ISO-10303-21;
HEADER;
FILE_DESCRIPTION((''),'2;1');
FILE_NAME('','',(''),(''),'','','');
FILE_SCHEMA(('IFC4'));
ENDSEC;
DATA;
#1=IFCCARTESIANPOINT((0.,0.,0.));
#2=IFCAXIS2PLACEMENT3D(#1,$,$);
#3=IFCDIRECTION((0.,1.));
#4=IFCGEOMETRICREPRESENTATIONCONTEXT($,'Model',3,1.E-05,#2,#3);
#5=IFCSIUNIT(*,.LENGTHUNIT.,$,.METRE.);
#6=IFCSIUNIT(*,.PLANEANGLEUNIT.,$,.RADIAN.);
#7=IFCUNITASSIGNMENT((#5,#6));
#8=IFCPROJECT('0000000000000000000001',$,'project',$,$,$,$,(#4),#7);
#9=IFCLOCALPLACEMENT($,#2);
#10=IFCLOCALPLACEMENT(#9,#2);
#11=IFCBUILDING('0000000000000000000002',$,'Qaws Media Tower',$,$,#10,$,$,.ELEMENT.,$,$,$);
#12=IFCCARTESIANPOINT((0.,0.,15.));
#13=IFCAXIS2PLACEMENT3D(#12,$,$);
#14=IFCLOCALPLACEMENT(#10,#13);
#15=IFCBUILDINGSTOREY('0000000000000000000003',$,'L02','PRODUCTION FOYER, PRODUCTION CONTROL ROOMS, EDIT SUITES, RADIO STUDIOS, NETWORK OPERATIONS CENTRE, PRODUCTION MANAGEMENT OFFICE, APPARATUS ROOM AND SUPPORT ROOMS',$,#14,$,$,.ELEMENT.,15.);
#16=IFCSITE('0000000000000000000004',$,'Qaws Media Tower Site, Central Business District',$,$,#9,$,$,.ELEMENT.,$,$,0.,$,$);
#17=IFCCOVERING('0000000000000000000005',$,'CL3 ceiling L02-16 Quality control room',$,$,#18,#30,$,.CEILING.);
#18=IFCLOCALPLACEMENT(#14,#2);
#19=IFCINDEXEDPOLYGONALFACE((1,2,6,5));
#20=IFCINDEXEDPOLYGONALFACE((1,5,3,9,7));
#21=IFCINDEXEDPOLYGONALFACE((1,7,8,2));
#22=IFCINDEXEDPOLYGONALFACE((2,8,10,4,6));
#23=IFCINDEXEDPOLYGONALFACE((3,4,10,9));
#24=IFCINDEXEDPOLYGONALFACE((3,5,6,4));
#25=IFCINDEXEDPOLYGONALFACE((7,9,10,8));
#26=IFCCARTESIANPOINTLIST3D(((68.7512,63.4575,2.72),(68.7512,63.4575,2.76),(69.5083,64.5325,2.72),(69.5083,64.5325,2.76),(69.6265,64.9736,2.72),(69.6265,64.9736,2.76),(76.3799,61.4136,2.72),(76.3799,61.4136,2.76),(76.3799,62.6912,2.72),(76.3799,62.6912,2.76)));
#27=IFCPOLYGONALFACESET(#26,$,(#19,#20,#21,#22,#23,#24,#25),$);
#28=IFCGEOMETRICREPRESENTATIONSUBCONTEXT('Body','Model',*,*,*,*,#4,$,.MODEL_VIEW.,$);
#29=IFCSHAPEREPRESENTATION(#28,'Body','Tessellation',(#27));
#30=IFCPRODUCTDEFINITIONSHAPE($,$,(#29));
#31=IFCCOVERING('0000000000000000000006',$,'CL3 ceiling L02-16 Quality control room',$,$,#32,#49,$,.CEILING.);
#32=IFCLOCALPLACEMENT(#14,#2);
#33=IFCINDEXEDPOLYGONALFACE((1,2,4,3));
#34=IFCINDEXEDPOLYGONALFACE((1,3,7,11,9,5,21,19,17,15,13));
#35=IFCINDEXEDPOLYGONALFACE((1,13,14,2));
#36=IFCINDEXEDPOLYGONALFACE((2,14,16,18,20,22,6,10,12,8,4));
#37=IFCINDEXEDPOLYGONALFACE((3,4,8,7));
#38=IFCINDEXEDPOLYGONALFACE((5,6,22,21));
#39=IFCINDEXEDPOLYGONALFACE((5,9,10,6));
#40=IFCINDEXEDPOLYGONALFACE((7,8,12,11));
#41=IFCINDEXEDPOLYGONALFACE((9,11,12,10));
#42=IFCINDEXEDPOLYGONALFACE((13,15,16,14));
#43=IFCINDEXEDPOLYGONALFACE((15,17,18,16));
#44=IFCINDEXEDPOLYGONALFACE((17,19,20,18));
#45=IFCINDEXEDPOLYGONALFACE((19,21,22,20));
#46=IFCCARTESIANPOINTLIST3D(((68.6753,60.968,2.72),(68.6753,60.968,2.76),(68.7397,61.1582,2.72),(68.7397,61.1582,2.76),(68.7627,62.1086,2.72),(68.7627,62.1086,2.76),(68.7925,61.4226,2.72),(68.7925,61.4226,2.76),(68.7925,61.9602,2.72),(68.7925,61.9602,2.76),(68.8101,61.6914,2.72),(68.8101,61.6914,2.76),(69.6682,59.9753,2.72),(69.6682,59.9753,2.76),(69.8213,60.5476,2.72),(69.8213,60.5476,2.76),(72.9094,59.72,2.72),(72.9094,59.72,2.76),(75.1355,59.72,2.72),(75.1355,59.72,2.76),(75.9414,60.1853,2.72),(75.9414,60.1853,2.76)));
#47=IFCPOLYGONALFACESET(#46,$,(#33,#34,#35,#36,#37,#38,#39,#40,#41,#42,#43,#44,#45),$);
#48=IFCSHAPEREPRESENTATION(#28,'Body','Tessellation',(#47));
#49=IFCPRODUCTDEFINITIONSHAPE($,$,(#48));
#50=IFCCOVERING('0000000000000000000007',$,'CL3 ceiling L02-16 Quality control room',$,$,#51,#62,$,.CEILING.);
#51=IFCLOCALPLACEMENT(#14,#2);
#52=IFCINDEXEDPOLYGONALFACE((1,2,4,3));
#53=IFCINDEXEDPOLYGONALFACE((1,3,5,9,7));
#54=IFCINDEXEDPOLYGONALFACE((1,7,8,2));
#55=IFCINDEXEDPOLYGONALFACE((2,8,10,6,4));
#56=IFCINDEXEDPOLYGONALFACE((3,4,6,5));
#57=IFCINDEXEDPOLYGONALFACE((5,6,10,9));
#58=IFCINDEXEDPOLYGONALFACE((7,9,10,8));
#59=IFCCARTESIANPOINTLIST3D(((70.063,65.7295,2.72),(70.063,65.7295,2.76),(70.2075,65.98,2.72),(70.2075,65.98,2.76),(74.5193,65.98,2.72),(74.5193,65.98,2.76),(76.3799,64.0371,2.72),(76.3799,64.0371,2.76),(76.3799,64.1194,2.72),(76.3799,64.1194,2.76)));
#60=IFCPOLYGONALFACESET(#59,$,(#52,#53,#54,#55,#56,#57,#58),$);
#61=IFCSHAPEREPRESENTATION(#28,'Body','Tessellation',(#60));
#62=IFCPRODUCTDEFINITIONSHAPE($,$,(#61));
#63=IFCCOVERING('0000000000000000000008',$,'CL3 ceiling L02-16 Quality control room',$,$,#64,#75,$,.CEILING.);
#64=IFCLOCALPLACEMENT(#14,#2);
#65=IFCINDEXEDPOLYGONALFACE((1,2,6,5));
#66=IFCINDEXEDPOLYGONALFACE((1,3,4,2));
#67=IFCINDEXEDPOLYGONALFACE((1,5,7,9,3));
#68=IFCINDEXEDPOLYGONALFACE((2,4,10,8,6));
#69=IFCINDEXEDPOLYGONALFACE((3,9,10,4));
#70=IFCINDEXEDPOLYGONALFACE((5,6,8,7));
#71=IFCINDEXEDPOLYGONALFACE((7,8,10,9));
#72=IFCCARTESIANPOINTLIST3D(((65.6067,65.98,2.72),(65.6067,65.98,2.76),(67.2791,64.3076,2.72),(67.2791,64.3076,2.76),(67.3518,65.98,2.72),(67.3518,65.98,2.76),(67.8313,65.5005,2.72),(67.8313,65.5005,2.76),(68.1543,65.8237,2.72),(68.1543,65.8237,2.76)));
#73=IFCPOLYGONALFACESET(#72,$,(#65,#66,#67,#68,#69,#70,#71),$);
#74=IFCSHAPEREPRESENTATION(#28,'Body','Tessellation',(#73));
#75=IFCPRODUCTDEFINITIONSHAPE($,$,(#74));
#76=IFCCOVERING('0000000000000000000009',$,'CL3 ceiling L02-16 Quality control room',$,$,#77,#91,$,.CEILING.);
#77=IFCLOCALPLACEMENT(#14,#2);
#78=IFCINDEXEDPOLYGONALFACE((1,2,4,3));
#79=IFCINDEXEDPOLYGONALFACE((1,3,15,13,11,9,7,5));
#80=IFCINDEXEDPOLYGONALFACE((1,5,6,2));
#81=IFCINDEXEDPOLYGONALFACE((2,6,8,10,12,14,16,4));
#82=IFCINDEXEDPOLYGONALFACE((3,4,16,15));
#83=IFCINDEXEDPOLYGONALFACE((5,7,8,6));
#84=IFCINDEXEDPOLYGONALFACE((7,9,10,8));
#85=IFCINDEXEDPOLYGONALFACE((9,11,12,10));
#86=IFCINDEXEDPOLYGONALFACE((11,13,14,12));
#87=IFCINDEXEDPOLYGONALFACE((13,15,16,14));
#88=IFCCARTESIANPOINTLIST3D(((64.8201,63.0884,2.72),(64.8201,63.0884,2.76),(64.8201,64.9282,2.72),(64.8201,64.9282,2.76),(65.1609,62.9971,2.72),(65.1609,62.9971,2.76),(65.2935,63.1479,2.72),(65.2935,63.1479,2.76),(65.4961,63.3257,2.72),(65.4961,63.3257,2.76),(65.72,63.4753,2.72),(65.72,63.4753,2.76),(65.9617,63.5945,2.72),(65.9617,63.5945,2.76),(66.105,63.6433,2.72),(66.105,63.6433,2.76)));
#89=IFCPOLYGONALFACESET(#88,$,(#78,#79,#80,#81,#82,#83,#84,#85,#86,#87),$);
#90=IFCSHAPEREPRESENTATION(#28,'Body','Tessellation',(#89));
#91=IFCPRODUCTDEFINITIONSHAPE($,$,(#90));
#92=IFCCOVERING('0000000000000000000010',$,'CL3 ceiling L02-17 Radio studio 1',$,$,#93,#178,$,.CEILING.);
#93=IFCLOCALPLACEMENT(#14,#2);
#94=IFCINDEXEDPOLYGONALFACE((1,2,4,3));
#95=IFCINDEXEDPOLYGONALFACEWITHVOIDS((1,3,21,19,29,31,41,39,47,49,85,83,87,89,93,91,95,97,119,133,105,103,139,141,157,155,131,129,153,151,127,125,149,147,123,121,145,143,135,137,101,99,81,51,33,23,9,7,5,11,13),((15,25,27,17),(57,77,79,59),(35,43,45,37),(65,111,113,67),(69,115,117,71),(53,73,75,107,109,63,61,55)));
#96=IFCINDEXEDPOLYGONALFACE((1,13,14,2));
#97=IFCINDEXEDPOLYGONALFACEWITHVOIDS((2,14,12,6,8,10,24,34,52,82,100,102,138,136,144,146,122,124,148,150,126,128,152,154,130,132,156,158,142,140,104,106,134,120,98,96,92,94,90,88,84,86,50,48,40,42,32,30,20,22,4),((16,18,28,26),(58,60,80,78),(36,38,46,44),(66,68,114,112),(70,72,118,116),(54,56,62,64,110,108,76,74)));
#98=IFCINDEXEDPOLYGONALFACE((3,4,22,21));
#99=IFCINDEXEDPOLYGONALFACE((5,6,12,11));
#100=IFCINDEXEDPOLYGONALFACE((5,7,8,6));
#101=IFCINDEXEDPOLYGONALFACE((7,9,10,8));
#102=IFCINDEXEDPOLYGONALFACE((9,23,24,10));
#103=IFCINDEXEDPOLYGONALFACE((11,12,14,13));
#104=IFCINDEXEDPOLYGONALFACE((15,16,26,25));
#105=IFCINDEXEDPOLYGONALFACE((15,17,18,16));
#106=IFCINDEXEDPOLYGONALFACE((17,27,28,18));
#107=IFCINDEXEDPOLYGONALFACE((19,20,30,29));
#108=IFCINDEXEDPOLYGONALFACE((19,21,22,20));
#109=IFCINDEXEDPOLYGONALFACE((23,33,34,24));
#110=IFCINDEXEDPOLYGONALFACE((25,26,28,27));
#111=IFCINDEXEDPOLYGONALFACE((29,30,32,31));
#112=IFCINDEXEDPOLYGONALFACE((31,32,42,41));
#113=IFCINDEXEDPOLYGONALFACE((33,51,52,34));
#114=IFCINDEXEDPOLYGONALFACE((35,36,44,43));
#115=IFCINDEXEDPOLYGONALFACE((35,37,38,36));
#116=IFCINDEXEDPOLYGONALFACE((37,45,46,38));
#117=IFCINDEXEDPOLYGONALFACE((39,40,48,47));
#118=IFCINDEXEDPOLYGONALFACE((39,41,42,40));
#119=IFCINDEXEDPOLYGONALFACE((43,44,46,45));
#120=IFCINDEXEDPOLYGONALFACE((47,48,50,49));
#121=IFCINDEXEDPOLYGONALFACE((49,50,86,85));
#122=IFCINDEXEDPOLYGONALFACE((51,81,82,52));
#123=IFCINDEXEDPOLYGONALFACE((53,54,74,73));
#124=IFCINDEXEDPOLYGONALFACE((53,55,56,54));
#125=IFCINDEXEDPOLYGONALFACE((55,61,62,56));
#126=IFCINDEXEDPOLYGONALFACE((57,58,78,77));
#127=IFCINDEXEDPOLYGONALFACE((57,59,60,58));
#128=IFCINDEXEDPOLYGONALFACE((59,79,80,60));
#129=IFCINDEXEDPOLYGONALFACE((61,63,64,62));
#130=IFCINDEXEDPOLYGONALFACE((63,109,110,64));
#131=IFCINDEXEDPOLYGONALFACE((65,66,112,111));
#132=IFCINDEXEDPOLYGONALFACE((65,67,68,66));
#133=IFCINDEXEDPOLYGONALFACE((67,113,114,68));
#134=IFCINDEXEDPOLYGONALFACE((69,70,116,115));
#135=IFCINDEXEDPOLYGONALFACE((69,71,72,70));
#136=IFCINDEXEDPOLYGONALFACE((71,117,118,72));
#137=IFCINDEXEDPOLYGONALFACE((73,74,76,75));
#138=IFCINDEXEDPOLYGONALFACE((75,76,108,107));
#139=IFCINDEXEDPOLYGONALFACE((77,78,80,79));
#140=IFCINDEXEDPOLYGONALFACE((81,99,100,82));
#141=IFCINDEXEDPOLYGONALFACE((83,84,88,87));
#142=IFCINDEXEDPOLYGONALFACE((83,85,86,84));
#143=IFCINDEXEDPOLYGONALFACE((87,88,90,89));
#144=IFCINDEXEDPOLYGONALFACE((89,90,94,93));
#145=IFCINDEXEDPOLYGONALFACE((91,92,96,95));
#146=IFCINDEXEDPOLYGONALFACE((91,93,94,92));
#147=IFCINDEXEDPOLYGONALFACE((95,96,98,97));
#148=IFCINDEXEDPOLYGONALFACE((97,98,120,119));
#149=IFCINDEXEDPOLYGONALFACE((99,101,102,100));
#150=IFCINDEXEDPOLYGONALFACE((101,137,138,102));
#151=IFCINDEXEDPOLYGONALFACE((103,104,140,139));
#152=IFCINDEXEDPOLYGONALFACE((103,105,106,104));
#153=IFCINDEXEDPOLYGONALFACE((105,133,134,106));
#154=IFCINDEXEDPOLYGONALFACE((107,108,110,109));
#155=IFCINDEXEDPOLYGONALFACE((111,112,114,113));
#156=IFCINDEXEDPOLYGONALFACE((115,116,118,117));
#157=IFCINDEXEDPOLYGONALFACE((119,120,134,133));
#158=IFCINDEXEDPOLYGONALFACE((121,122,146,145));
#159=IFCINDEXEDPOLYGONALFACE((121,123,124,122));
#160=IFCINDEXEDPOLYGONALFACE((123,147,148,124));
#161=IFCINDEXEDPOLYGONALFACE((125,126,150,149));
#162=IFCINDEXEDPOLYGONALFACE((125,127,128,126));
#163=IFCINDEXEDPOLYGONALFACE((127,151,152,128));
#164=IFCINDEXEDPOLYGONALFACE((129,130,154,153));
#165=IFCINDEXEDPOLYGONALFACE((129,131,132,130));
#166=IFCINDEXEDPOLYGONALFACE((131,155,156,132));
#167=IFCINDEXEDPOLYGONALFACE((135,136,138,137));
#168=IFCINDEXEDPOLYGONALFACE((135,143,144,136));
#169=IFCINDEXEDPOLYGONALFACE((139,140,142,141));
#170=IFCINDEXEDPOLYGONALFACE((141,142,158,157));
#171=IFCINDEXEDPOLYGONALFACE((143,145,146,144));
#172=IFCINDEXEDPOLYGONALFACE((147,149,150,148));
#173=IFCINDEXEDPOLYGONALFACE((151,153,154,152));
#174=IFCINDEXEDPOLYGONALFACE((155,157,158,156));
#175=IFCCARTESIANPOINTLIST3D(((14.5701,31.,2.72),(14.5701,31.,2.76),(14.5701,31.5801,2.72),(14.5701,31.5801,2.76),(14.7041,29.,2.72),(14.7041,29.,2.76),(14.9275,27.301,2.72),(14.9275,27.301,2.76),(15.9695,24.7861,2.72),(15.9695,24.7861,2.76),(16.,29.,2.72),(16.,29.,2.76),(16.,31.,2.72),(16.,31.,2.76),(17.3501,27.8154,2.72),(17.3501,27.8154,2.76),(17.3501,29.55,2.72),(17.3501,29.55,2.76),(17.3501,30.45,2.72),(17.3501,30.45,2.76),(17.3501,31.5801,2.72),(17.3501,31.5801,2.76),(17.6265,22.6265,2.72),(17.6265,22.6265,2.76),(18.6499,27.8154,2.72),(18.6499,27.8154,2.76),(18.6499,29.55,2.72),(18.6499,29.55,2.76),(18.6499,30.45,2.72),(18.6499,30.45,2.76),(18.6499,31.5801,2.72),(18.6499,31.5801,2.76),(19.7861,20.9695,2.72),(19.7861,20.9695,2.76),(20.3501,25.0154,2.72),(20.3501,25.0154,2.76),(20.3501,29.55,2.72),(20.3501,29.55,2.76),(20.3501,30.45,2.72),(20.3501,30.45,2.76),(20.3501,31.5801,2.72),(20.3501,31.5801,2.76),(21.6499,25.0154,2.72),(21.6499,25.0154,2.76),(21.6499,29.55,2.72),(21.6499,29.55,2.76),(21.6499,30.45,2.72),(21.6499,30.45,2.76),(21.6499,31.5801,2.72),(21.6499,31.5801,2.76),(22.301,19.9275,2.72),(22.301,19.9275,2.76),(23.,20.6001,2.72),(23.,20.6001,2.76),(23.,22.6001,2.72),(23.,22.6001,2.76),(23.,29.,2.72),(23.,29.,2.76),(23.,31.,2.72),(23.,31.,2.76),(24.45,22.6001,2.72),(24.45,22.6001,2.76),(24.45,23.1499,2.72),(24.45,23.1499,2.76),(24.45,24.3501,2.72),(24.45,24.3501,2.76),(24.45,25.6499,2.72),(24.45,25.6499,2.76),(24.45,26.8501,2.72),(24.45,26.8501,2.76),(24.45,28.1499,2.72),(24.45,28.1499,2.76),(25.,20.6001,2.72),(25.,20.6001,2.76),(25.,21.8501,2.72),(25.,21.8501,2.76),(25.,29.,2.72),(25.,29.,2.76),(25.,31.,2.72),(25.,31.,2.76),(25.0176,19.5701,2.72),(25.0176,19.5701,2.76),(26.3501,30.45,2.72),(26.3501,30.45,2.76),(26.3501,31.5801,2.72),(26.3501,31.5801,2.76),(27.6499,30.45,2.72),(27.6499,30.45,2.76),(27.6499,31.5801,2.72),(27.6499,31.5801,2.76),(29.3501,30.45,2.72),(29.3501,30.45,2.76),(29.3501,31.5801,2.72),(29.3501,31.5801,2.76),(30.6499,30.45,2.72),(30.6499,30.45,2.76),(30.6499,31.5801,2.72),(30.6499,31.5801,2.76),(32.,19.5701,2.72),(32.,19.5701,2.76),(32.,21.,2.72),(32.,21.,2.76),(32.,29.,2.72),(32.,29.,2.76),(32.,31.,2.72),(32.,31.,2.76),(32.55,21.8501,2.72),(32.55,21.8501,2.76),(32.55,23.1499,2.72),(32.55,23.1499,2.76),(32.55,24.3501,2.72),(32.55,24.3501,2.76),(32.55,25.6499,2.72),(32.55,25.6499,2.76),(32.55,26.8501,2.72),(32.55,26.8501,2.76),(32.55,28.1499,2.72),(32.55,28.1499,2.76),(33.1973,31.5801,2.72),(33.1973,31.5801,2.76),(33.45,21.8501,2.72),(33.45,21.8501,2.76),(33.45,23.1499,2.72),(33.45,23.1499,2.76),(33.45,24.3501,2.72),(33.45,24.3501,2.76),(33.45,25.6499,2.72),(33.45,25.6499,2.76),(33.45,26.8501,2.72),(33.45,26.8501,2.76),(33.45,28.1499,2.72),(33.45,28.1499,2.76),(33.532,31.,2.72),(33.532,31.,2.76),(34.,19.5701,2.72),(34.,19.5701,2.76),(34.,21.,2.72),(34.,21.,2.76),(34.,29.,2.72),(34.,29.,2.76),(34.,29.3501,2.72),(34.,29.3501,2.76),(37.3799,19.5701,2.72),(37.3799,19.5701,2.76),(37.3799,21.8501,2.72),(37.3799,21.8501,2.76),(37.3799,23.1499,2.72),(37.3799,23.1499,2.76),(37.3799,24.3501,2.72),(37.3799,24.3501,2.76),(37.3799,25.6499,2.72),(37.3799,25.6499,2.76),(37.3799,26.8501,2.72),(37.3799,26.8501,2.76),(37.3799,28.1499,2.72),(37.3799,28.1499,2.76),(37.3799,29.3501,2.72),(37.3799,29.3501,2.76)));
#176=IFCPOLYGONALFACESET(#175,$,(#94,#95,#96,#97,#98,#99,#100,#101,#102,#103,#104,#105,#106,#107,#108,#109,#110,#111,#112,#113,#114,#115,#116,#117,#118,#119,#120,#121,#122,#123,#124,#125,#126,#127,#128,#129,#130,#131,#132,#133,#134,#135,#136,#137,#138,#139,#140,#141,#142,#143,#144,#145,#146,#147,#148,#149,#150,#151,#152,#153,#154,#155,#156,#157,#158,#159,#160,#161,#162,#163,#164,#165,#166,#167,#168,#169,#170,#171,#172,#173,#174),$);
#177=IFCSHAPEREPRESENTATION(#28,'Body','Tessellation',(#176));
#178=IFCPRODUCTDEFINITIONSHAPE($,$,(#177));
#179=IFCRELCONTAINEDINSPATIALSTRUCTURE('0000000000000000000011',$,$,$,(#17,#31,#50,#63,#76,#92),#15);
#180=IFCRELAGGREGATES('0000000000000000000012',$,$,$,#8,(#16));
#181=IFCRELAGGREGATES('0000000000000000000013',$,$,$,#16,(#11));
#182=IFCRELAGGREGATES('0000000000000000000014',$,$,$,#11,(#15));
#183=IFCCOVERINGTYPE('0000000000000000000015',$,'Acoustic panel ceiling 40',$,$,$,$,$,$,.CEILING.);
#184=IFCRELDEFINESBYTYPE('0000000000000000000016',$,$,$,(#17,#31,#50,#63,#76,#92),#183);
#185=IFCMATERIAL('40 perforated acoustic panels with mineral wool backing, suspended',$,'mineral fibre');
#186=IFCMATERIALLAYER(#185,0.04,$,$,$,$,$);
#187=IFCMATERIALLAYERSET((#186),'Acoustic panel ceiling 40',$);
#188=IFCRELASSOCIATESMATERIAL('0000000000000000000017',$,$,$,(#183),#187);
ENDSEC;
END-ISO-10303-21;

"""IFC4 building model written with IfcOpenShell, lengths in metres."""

from ifc_helpers import new_model, si_unit, direction, frame, origin, place, context, subcontext, project, spatial, polyline, outline, extrude, material, layer, layer_set, type_object, element, save


model = new_model("IFC4")

# Units and contexts
model_context = context("Model", 3, precision=1e-05, world=origin(), true_north=direction((0.0, 1.0)))
body_context = subcontext(model_context, "Body", "Model", "MODEL_VIEW")
ifc_project = project(units=[si_unit("LENGTHUNIT", "METRE"), si_unit("PLANEANGLEUNIT", "RADIAN")], contexts=[model_context])

# Site, building, storey
site_placement = place(None, origin())
site = spatial("IfcSite", under=ifc_project, at=site_placement, Name="Qaws Media Tower Site, Central Business District", CompositionType="ELEMENT", RefElevation=0.0)
building_placement = place(site_placement, origin())
building = spatial("IfcBuilding", under=site, at=building_placement, Name="Qaws Media Tower", CompositionType="ELEMENT")
storey_placement = place(building_placement, frame((0.0, 0.0, 15.0)))
storey = spatial("IfcBuildingStorey", under=building, at=storey_placement, Name="L02", Description="PRODUCTION FOYER, PRODUCTION CONTROL ROOMS, EDIT SUITES, RADIO STUDIOS, NETWORK OPERATIONS CENTRE, PRODUCTION MANAGEMENT OFFICE, APPARATUS ROOM AND SUPPORT ROOMS", CompositionType="ELEMENT", Elevation=15.0)

# Coverings
ifc_material_1 = material(Name="40 perforated acoustic panels with mineral wool backing, suspended", Category="mineral fibre")
ifc_layer_1 = layer(ifc_material_1, 0.04)
ifc_layer_set_1 = layer_set([ifc_layer_1], Name="Acoustic panel ceiling 40")
covering_type_1 = type_object("IfcCoveringType", Name="Acoustic panel ceiling 40", PredefinedType="CEILING", material=ifc_layer_set_1)
covering_1_placement = place(storey_placement, frame((0.0, 0.0, 2.72)))
element("IfcCovering", 1, at=covering_1_placement, inside=storey, type_object=covering_type_1, Name="CL3 ceiling L02-16 Quality control room", PredefinedType="CEILING", context=body_context, shape_type="SweptSolid", body=[
    extrude(outline(polyline([(76.3799, 61.4136), (68.7512, 63.4575), (69.6265, 64.9736), (69.5083, 64.5325), (76.3799, 62.6912), (76.3799, 61.4136)])), origin(), (0.0, 0.0, 1.0), 0.04),
])
covering_2_placement = place(storey_placement, frame((0.0, 0.0, 2.72)))
element("IfcCovering", 2, at=covering_2_placement, inside=storey, type_object=covering_type_1, Name="CL3 ceiling L02-16 Quality control room", PredefinedType="CEILING", context=body_context, shape_type="SweptSolid", body=[
    extrude(outline(polyline([(72.9094, 59.72), (69.8213, 60.5476), (69.6682, 59.9753), (68.6753, 60.968), (68.7397, 61.1582), (68.7925, 61.4226), (68.8101, 61.6914), (68.7925, 61.9602), (68.7627, 62.1086), (75.9414, 60.1853), (75.1355, 59.72), (72.9094, 59.72)])), origin(), (0.0, 0.0, 1.0), 0.04),
])
covering_3_placement = place(storey_placement, frame((0.0, 0.0, 2.72)))
element("IfcCovering", 3, at=covering_3_placement, inside=storey, type_object=covering_type_1, Name="CL3 ceiling L02-16 Quality control room", PredefinedType="CEILING", context=body_context, shape_type="SweptSolid", body=[
    extrude(outline(polyline([(76.3799, 64.0371), (70.063, 65.7295), (70.2075, 65.98), (74.5193, 65.98), (76.3799, 64.1194), (76.3799, 64.0371)])), origin(), (0.0, 0.0, 1.0), 0.04),
])
covering_4_placement = place(storey_placement, frame((0.0, 0.0, 2.72)))
element("IfcCovering", 4, at=covering_4_placement, inside=storey, type_object=covering_type_1, Name="CL3 ceiling L02-16 Quality control room", PredefinedType="CEILING", context=body_context, shape_type="SweptSolid", body=[
    extrude(outline(polyline([(67.3518, 65.98), (67.8313, 65.5005), (68.1543, 65.8237), (67.2791, 64.3076), (65.6067, 65.98), (67.3518, 65.98)])), origin(), (0.0, 0.0, 1.0), 0.04),
])
covering_5_placement = place(storey_placement, frame((0.0, 0.0, 2.72)))
element("IfcCovering", 5, at=covering_5_placement, inside=storey, type_object=covering_type_1, Name="CL3 ceiling L02-16 Quality control room", PredefinedType="CEILING", context=body_context, shape_type="SweptSolid", body=[
    extrude(outline(polyline([(65.9617, 63.5945), (65.72, 63.4753), (65.4961, 63.3257), (65.2935, 63.1479), (65.1609, 62.9971), (64.8201, 63.0884), (64.8201, 64.9282), (66.105, 63.6433), (65.9617, 63.5945)])), origin(), (0.0, 0.0, 1.0), 0.04),
])
covering_6_placement = place(storey_placement, frame((0.0, 0.0, 2.72)))
element("IfcCovering", 6, at=covering_6_placement, inside=storey, type_object=covering_type_1, Name="CL3 ceiling L02-17 Radio studio 1", PredefinedType="CEILING", context=body_context, shape_type="SweptSolid", body=[
    extrude(outline(polyline([(34.0, 21.0), (32.0, 21.0), (32.0, 19.5701), (25.0176, 19.5701), (22.301, 19.9275), (19.7861, 20.9695), (17.6265, 22.6265), (15.9695, 24.7861), (14.9275, 27.301), (14.7041, 29.0), (16.0, 29.0), (16.0, 31.0), (14.5701, 31.0), (14.5701, 31.5801), (17.3501, 31.5801), (17.3501, 30.45), (18.6499, 30.45), (18.6499, 31.5801), (20.3501, 31.5801), (20.3501, 30.45), (21.6499, 30.45), (21.6499, 31.5801), (26.3501, 31.5801), (26.3501, 30.45), (27.6499, 30.45), (27.6499, 31.5801), (29.3501, 31.5801), (29.3501, 30.45), (30.6499, 30.45), (30.6499, 31.5801), (33.1973, 31.5801), (33.532, 31.0), (32.0, 31.0), (32.0, 29.0), (34.0, 29.0), (34.0, 29.3501), (37.3799, 29.3501), (37.3799, 28.1499), (33.45, 28.1499), (33.45, 26.8501), (37.3799, 26.8501), (37.3799, 25.6499), (33.45, 25.6499), (33.45, 24.3501), (37.3799, 24.3501), (37.3799, 23.1499), (33.45, 23.1499), (33.45, 21.8501), (37.3799, 21.8501), (37.3799, 19.5701), (34.0, 19.5701), (34.0, 21.0)]), holes=[polyline([(25.0, 20.6001), (25.0, 21.8501), (32.55, 21.8501), (32.55, 23.1499), (24.45, 23.1499), (24.45, 22.6001), (23.0, 22.6001), (23.0, 20.6001), (25.0, 20.6001)]), polyline([(25.0, 29.0), (25.0, 31.0), (23.0, 31.0), (23.0, 29.0), (25.0, 29.0)]), polyline([(24.45, 25.6499), (24.45, 24.3501), (32.55, 24.3501), (32.55, 25.6499), (24.45, 25.6499)]), polyline([(20.3501, 25.0154), (21.6499, 25.0154), (21.6499, 29.55), (20.3501, 29.55), (20.3501, 25.0154)]), polyline([(17.3501, 27.8154), (18.6499, 27.8154), (18.6499, 29.55), (17.3501, 29.55), (17.3501, 27.8154)]), polyline([(24.45, 28.1499), (24.45, 26.8501), (32.55, 26.8501), (32.55, 28.1499), (24.45, 28.1499)])]), origin(), (0.0, 0.0, 1.0), 0.04),
])

save(model, "model.ifc")
